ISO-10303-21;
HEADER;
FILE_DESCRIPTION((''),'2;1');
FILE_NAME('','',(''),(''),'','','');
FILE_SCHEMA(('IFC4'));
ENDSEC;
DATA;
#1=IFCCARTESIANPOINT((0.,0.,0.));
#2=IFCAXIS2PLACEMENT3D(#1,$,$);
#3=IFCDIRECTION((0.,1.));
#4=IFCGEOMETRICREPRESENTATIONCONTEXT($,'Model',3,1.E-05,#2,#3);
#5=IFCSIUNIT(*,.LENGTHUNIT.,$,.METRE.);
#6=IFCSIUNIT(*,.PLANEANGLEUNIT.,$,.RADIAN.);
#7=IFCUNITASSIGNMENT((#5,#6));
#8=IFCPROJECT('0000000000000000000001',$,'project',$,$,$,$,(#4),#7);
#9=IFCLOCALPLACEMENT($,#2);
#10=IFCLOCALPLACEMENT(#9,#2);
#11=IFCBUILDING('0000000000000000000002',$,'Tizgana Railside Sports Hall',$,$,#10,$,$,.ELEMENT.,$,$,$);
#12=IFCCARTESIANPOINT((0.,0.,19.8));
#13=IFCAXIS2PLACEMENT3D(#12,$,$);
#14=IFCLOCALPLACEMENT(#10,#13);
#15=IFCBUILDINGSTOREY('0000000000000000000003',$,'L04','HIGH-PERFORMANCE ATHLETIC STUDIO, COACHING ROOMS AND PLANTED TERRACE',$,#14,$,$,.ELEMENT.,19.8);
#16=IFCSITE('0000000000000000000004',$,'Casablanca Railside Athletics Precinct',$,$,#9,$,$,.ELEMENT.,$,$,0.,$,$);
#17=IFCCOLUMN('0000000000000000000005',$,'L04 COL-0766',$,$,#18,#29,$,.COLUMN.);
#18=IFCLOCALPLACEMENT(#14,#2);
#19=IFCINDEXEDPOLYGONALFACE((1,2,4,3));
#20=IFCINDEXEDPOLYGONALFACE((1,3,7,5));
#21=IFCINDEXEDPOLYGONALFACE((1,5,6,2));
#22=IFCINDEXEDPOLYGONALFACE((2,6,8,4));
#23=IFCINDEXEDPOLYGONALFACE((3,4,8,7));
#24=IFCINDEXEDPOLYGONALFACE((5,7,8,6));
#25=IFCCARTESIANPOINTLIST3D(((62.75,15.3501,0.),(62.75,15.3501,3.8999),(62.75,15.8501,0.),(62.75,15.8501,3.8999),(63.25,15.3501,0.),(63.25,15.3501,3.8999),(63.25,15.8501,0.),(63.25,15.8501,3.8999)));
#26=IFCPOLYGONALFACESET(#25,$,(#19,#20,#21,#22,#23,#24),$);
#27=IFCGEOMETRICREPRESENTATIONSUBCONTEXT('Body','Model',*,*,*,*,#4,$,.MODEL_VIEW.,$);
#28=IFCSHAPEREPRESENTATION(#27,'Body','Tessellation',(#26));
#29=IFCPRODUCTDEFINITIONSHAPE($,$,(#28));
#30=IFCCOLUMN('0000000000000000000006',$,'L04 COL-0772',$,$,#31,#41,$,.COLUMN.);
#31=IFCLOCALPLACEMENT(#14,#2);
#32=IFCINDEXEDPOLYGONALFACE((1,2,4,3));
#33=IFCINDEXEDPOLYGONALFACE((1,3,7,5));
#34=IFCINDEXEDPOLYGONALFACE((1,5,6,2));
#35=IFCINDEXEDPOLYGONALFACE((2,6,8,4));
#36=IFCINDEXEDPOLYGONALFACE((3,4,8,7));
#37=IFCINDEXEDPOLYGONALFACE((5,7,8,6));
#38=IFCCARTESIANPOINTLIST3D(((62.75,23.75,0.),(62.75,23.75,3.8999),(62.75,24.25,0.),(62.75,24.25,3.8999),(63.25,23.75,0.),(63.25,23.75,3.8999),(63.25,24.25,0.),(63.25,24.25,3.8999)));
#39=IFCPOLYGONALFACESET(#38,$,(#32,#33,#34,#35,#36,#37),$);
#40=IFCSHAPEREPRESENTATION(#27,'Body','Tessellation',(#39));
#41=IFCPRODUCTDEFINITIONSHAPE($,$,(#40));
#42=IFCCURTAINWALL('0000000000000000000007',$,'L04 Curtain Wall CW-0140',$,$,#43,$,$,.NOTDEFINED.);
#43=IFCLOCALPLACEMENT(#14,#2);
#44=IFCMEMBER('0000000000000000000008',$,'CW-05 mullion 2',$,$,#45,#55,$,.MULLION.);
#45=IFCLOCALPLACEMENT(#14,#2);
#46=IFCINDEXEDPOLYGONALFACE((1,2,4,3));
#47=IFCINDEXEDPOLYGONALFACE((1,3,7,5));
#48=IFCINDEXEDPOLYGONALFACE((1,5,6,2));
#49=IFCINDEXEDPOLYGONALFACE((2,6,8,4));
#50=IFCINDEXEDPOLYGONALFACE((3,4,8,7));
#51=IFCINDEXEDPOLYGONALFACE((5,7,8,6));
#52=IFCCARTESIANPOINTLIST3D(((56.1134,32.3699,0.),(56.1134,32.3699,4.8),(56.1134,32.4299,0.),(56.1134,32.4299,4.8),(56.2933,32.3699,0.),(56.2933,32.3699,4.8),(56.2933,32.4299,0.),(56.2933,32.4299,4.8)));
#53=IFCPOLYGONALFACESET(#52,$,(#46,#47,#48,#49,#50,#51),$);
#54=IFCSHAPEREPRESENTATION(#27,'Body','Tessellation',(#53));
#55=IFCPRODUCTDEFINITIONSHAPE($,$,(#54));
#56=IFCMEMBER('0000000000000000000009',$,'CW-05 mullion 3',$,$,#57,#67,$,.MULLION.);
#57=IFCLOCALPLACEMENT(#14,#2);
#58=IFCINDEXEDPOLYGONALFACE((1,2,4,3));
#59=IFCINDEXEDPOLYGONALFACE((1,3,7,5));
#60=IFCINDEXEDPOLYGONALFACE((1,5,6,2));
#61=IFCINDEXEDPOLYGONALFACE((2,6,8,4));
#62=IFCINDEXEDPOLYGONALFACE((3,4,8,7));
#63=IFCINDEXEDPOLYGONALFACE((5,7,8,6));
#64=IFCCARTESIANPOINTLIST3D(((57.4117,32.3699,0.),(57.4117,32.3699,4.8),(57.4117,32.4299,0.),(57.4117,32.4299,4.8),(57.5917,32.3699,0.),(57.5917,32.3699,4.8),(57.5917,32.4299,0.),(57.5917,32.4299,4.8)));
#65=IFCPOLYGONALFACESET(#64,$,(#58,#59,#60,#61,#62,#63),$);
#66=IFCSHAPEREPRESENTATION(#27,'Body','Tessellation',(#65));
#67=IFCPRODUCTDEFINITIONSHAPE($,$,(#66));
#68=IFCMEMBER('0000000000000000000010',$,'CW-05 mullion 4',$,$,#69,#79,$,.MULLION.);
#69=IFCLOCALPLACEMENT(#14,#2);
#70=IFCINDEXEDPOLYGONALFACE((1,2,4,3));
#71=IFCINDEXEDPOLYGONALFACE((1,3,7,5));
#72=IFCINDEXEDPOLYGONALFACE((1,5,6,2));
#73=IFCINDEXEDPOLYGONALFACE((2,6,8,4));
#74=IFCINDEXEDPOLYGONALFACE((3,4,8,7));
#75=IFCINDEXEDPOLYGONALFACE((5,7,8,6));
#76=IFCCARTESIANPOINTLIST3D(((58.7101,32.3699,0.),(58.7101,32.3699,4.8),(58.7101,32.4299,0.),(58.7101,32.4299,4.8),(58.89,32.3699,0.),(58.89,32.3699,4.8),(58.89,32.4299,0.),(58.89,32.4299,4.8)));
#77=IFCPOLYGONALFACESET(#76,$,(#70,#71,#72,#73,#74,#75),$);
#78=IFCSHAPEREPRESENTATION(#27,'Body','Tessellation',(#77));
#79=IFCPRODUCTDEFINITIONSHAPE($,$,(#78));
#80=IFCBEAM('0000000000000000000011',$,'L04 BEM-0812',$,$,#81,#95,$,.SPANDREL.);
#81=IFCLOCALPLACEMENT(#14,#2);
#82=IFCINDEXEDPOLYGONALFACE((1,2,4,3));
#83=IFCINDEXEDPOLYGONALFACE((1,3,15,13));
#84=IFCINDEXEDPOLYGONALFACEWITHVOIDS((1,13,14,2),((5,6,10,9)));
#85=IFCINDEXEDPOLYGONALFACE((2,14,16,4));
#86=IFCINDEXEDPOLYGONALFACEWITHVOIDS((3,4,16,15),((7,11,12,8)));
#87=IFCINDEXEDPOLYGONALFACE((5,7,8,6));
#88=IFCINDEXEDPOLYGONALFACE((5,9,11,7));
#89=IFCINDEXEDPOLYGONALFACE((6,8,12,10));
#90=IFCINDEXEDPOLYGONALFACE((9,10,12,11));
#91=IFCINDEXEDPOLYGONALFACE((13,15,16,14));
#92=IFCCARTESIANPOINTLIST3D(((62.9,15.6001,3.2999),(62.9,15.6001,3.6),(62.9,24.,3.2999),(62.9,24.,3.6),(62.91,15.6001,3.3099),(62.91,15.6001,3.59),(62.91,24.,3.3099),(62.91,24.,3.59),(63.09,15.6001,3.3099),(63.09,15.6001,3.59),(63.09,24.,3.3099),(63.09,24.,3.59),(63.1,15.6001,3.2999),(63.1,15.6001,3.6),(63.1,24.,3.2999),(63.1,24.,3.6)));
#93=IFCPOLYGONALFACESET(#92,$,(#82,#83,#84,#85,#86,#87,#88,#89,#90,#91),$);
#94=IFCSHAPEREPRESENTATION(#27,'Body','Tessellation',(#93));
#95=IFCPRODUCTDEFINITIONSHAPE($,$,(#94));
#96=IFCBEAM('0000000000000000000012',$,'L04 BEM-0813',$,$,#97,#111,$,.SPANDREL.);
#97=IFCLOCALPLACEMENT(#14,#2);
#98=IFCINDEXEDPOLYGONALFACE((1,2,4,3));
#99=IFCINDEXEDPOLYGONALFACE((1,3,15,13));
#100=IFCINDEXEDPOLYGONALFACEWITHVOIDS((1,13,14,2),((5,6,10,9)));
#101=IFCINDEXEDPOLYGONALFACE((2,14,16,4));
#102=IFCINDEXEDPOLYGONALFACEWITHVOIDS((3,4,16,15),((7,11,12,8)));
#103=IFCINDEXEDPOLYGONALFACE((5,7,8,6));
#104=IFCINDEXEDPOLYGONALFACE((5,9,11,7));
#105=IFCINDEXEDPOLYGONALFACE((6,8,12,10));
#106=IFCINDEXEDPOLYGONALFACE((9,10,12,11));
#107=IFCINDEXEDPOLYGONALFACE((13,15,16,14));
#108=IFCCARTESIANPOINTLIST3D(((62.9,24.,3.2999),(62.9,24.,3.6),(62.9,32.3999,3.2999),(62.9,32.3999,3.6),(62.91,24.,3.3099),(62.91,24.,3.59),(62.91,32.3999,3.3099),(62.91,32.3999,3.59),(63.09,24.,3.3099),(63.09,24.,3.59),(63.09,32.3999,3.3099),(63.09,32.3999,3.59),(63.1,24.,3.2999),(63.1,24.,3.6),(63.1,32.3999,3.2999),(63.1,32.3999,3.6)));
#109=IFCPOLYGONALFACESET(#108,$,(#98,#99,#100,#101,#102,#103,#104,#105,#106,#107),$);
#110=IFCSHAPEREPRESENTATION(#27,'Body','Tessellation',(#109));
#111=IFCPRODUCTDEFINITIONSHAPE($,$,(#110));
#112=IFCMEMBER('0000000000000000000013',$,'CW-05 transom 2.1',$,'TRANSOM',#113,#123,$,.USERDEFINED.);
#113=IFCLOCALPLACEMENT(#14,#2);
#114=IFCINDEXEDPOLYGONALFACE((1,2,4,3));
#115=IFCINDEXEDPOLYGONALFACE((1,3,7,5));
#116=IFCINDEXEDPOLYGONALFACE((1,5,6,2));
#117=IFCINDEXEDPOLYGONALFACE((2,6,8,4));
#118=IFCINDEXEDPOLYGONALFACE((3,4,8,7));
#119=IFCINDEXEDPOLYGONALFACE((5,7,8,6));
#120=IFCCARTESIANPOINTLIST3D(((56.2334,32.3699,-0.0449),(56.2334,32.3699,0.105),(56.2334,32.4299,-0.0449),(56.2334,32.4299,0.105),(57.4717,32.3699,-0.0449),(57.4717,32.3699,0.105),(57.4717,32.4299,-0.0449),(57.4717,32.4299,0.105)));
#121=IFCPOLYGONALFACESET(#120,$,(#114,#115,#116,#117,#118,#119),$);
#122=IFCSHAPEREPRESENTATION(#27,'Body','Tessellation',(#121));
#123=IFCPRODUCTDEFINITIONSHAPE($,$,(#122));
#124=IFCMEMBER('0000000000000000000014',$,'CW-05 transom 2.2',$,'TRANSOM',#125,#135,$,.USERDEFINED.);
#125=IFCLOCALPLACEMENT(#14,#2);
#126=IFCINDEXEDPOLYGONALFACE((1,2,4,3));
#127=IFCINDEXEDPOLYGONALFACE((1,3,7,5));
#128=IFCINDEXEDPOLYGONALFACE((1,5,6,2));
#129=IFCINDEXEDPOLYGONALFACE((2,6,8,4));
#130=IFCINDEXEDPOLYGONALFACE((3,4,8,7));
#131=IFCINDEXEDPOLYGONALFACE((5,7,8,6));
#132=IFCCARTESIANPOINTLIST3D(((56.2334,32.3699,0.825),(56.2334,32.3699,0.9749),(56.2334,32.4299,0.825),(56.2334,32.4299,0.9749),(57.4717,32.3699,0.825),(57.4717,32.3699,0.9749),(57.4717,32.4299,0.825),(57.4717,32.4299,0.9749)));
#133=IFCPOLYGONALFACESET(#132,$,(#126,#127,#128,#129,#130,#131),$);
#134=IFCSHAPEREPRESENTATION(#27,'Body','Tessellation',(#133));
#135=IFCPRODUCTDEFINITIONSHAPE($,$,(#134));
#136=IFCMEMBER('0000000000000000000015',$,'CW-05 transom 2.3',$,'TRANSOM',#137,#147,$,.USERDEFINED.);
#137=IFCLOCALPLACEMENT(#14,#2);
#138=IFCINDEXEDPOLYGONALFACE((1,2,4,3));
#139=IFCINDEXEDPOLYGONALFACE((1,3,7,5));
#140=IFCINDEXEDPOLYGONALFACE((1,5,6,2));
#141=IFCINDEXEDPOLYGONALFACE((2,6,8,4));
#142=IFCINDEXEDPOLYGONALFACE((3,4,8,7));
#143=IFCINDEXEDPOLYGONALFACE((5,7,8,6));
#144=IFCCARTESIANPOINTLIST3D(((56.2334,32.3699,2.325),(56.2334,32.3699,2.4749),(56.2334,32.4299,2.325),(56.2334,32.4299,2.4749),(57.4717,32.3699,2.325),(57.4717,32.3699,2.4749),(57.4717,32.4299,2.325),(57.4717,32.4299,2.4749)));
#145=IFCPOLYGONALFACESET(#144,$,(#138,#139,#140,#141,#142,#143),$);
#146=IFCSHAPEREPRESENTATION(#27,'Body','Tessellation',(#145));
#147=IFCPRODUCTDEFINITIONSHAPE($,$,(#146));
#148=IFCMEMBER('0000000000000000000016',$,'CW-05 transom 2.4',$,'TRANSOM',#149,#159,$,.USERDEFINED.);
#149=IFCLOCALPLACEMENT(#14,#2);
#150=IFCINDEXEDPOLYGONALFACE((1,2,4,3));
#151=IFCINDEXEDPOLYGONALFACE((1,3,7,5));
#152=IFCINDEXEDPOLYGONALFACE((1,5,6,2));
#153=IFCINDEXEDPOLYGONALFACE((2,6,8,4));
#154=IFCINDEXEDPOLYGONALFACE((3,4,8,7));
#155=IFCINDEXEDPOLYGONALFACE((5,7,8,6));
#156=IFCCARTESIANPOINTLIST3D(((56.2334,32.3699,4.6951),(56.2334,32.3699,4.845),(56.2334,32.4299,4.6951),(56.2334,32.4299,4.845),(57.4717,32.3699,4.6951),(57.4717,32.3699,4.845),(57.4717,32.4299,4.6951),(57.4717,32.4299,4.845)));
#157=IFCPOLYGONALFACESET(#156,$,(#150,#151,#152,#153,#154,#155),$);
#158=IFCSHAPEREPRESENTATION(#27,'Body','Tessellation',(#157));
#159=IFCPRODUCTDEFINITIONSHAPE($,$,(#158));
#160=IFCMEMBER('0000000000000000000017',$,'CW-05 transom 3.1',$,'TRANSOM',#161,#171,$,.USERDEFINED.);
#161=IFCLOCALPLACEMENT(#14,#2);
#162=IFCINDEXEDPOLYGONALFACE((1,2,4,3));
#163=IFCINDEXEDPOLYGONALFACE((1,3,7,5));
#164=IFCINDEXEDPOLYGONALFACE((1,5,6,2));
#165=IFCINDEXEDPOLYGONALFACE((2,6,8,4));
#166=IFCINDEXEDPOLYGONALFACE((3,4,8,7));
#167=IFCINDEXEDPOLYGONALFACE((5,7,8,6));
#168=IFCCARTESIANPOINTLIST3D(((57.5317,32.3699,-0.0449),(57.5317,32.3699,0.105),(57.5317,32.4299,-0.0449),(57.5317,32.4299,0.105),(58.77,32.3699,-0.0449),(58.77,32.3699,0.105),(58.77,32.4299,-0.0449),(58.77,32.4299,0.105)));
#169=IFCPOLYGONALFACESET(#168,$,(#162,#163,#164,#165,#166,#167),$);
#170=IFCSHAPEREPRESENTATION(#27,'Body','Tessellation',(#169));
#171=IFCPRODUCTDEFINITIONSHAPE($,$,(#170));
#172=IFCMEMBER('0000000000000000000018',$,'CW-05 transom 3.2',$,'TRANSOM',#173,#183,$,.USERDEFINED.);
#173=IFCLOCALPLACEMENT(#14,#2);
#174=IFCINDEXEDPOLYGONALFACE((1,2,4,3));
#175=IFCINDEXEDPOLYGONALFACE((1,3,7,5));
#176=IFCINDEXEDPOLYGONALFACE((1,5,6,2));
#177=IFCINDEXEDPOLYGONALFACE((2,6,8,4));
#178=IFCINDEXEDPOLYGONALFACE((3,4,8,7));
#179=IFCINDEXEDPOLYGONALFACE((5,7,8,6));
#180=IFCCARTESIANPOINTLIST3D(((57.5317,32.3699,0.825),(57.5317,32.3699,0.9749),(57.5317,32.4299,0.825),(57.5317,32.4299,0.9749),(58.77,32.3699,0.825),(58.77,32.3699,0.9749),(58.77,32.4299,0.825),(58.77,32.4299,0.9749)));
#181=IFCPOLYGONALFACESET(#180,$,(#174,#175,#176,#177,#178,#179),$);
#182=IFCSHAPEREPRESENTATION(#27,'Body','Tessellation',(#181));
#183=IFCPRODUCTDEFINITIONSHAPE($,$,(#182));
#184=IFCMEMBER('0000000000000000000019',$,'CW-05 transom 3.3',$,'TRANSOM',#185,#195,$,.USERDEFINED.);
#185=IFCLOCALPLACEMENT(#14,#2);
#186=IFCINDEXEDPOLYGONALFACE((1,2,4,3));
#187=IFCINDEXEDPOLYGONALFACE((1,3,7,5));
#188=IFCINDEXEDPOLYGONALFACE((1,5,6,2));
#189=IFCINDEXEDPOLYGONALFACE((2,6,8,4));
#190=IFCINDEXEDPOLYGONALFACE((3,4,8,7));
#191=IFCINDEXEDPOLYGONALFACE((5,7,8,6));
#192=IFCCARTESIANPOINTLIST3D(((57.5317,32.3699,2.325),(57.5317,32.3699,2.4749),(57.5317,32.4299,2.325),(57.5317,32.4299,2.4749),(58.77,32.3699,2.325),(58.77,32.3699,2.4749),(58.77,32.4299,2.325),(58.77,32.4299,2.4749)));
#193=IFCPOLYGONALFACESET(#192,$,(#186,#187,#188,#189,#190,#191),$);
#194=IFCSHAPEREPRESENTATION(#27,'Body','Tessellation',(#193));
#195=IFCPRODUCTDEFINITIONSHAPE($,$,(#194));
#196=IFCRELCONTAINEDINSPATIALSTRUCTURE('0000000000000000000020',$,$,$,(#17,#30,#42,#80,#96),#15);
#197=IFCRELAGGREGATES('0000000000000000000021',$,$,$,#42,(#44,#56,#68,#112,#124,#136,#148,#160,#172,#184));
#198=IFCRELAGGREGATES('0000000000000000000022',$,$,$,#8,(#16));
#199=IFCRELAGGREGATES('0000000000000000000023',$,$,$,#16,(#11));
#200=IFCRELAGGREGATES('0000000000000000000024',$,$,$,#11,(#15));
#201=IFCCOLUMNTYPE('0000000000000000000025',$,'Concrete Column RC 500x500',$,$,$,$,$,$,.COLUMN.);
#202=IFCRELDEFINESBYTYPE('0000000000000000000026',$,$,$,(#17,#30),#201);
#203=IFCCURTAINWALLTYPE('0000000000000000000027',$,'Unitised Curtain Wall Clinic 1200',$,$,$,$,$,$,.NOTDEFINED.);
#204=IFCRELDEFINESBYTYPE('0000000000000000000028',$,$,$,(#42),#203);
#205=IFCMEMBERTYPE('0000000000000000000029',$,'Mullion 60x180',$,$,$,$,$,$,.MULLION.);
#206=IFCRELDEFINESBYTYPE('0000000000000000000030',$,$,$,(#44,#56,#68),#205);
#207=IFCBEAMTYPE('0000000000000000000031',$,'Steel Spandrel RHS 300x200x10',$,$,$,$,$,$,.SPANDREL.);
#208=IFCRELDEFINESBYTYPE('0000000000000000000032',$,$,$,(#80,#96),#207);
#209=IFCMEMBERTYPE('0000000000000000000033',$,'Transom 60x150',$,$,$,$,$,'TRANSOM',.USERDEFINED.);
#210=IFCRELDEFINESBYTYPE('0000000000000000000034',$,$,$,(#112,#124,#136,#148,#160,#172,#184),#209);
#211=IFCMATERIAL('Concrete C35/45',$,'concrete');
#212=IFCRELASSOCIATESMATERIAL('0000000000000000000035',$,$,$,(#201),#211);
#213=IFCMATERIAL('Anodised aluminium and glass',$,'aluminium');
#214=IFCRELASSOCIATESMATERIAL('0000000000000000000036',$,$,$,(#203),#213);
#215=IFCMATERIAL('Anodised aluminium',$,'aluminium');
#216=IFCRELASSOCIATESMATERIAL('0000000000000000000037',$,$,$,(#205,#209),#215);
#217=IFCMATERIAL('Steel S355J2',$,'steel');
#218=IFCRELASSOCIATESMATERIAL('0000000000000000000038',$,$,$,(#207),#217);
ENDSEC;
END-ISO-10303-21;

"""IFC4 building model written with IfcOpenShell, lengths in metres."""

from ifc_helpers import new_model, si_unit, direction, frame, origin, origin_2d, place, context, subcontext, project, spatial, rectangle, hollow_rectangle, extrude, material, material_profile, profile_set, type_object, element, aggregate, save


model = new_model("IFC4")

# Units and contexts
model_context = context("Model", 3, precision=1e-05, world=origin(), true_north=direction((0.0, 1.0)))
body_context = subcontext(model_context, "Body", "Model", "MODEL_VIEW")
ifc_project = project(units=[si_unit("LENGTHUNIT", "METRE"), si_unit("PLANEANGLEUNIT", "RADIAN")], contexts=[model_context])

# Site, building, storey
site_placement = place(None, origin())
site = spatial("IfcSite", under=ifc_project, at=site_placement, Name="Casablanca Railside Athletics Precinct", CompositionType="ELEMENT", RefElevation=0.0)
building_placement = place(site_placement, origin())
building = spatial("IfcBuilding", under=site, at=building_placement, Name="Tizgana Railside Sports Hall", CompositionType="ELEMENT")
storey_placement = place(building_placement, frame((0.0, 0.0, 19.8)))
storey = spatial("IfcBuildingStorey", under=building, at=storey_placement, Name="L04", Description="HIGH-PERFORMANCE ATHLETIC STUDIO, COACHING ROOMS AND PLANTED TERRACE", CompositionType="ELEMENT", Elevation=19.8)

# Columns
ifc_material_1 = material(Name="Concrete C35/45", Category="concrete")
ifc_material_profile_1 = material_profile(ifc_material_1, rectangle(XDim=0.5, YDim=0.5, at=origin_2d()), Name="RC 500x500")
ifc_profile_set_1 = profile_set([ifc_material_profile_1], Name="Concrete C35/45")
column_type = type_object("IfcColumnType", Name="Concrete Column RC 500x500", PredefinedType="COLUMN", material=ifc_profile_set_1)
for number, where, z_axis, x_axis, name in (
    (1, (63.0, 15.6001, 0.0), (0.0, 0.0, 1.0), (1.0, 0.0, 0.0), "L04 COL-0766"),
    (2, (63.0, 24.0, 0.0), (0.0, 0.0, 1.0), (1.0, 0.0, 0.0), "L04 COL-0772"),
):
    element("IfcColumn", number, at=place(storey_placement, frame(where, z_axis=z_axis, x_axis=x_axis)), inside=storey, type_object=column_type, Name=name, PredefinedType="COLUMN", context=body_context, shape_type="SweptSolid", body=[
        extrude(rectangle(XDim=0.5, YDim=0.5, at=origin_2d()), origin(), (0.0, 0.0, 1.0), 3.8999),
    ])

# Curtain wall, members
ifc_material_2 = material(Name="Anodised aluminium and glass", Category="aluminium")
curtain_wall_type = type_object("IfcCurtainWallType", Name="Unitised Curtain Wall Clinic 1200", PredefinedType="NOTDEFINED", material=ifc_material_2)
curtain_wall_placement = place(storey_placement, origin())
curtain_wall = element("IfcCurtainWall", 3, at=curtain_wall_placement, inside=storey, type_object=curtain_wall_type, Name="L04 Curtain Wall CW-0140", PredefinedType="NOTDEFINED")
ifc_material_3 = material(Name="Anodised aluminium", Category="aluminium")
ifc_material_profile_2 = material_profile(ifc_material_3, rectangle(XDim=0.0601, YDim=0.1799, at=origin_2d()), Name="Mullion 60x180")
ifc_profile_set_2 = profile_set([ifc_material_profile_2], Name="Anodised aluminium")
member_type_1 = type_object("IfcMemberType", Name="Mullion 60x180", PredefinedType="MULLION", material=ifc_profile_set_2)
member_1_placement = place(storey_placement, frame((56.2034, 32.3999, 0.0), z_axis=(0.0, 0.0, 1.0), x_axis=(0.0, 1.0, 0.0)))
member_1 = element("IfcMember", 4, at=member_1_placement, type_object=member_type_1, Name="CW-05 mullion 2", PredefinedType="MULLION", context=body_context, shape_type="SweptSolid", body=[
    extrude(rectangle(XDim=0.0601, YDim=0.1799, at=origin_2d()), origin(), (0.0, 0.0, 1.0), 4.8),
])
member_2_placement = place(storey_placement, frame((57.5017, 32.3999, 0.0), z_axis=(0.0, 0.0, 1.0), x_axis=(0.0, 1.0, 0.0)))
member_2 = element("IfcMember", 5, at=member_2_placement, type_object=member_type_1, Name="CW-05 mullion 3", PredefinedType="MULLION", context=body_context, shape_type="SweptSolid", body=[
    extrude(rectangle(XDim=0.0601, YDim=0.1799, at=origin_2d()), origin(), (0.0, 0.0, 1.0), 4.8),
])
member_3_placement = place(storey_placement, frame((58.8, 32.3999, 0.0), z_axis=(0.0, 0.0, 1.0), x_axis=(0.0, 1.0, 0.0)))
member_3 = element("IfcMember", 6, at=member_3_placement, type_object=member_type_1, Name="CW-05 mullion 4", PredefinedType="MULLION", context=body_context, shape_type="SweptSolid", body=[
    extrude(rectangle(XDim=0.0601, YDim=0.1799, at=origin_2d()), origin(), (0.0, 0.0, 1.0), 4.8),
])

# Beams
ifc_material_4 = material(Name="Steel S355J2", Category="steel")
ifc_material_profile_3 = material_profile(ifc_material_4, hollow_rectangle(XDim=0.2, YDim=0.3, WallThickness=0.01, at=origin_2d()), Name="RHS 300x200x10")
ifc_profile_set_3 = profile_set([ifc_material_profile_3], Name="Steel S355J2")
beam_type = type_object("IfcBeamType", Name="Steel Spandrel RHS 300x200x10", PredefinedType="SPANDREL", material=ifc_profile_set_3)
for number, where, z_axis, x_axis, name in (
    (7, (63.0, 15.6001, 3.45), (0.0, 1.0, 0.0), (-1.0, 0.0, 0.0), "L04 BEM-0812"),
    (8, (63.0, 24.0, 3.45), (0.0, 1.0, 0.0), (-1.0, 0.0, 0.0), "L04 BEM-0813"),
):
    element("IfcBeam", number, at=place(storey_placement, frame(where, z_axis=z_axis, x_axis=x_axis)), inside=storey, type_object=beam_type, Name=name, PredefinedType="SPANDREL", context=body_context, shape_type="SweptSolid", body=[
        extrude(hollow_rectangle(XDim=0.2, YDim=0.3, WallThickness=0.01, at=origin_2d()), origin(), (0.0, 0.0, 1.0), 8.3999),
    ])

# Members
ifc_material_profile_4 = material_profile(ifc_material_3, rectangle(XDim=0.0601, YDim=0.1499, at=origin_2d()), Name="Transom 60x150")
ifc_profile_set_4 = profile_set([ifc_material_profile_4], Name="Anodised aluminium")
member_type_2 = type_object("IfcMemberType", Name="Transom 60x150", ElementType="TRANSOM", PredefinedType="USERDEFINED", material=ifc_profile_set_4)
member_4_placement = place(storey_placement, frame((56.2334, 32.3999, 0.03), z_axis=(1.0, 0.0, 0.0), x_axis=(0.0, 1.0, 0.0)))
member_4 = element("IfcMember", 9, at=member_4_placement, type_object=member_type_2, Name="CW-05 transom 2.1", ObjectType="TRANSOM", PredefinedType="USERDEFINED", context=body_context, shape_type="SweptSolid", body=[
    extrude(rectangle(XDim=0.0601, YDim=0.1499, at=origin_2d()), origin(), (0.0, 0.0, 1.0), 1.2383),
])
member_5_placement = place(storey_placement, frame((56.2334, 32.3999, 0.8999), z_axis=(1.0, 0.0, 0.0), x_axis=(0.0, 1.0, 0.0)))
member_5 = element("IfcMember", 10, at=member_5_placement, type_object=member_type_2, Name="CW-05 transom 2.2", ObjectType="TRANSOM", PredefinedType="USERDEFINED", context=body_context, shape_type="SweptSolid", body=[
    extrude(rectangle(XDim=0.0601, YDim=0.1499, at=origin_2d()), origin(), (0.0, 0.0, 1.0), 1.2383),
])
member_6_placement = place(storey_placement, frame((56.2334, 32.3999, 2.3999), z_axis=(1.0, 0.0, 0.0), x_axis=(0.0, 1.0, 0.0)))
member_6 = element("IfcMember", 11, at=member_6_placement, type_object=member_type_2, Name="CW-05 transom 2.3", ObjectType="TRANSOM", PredefinedType="USERDEFINED", context=body_context, shape_type="SweptSolid", body=[
    extrude(rectangle(XDim=0.0601, YDim=0.1499, at=origin_2d()), origin(), (0.0, 0.0, 1.0), 1.2383),
])
member_7_placement = place(storey_placement, frame((56.2334, 32.3999, 4.77), z_axis=(1.0, 0.0, 0.0), x_axis=(0.0, 1.0, 0.0)))
member_7 = element("IfcMember", 12, at=member_7_placement, type_object=member_type_2, Name="CW-05 transom 2.4", ObjectType="TRANSOM", PredefinedType="USERDEFINED", context=body_context, shape_type="SweptSolid", body=[
    extrude(rectangle(XDim=0.0601, YDim=0.1499, at=origin_2d()), origin(), (0.0, 0.0, 1.0), 1.2383),
])
member_8_placement = place(storey_placement, frame((57.5317, 32.3999, 0.03), z_axis=(1.0, 0.0, 0.0), x_axis=(0.0, 1.0, 0.0)))
member_8 = element("IfcMember", 13, at=member_8_placement, type_object=member_type_2, Name="CW-05 transom 3.1", ObjectType="TRANSOM", PredefinedType="USERDEFINED", context=body_context, shape_type="SweptSolid", body=[
    extrude(rectangle(XDim=0.0601, YDim=0.1499, at=origin_2d()), origin(), (0.0, 0.0, 1.0), 1.2383),
])
member_9_placement = place(storey_placement, frame((57.5317, 32.3999, 0.8999), z_axis=(1.0, 0.0, 0.0), x_axis=(0.0, 1.0, 0.0)))
member_9 = element("IfcMember", 14, at=member_9_placement, type_object=member_type_2, Name="CW-05 transom 3.2", ObjectType="TRANSOM", PredefinedType="USERDEFINED", context=body_context, shape_type="SweptSolid", body=[
    extrude(rectangle(XDim=0.0601, YDim=0.1499, at=origin_2d()), origin(), (0.0, 0.0, 1.0), 1.2383),
])
member_10_placement = place(storey_placement, frame((57.5317, 32.3999, 2.3999), z_axis=(1.0, 0.0, 0.0), x_axis=(0.0, 1.0, 0.0)))
member_10 = element("IfcMember", 15, at=member_10_placement, type_object=member_type_2, Name="CW-05 transom 3.3", ObjectType="TRANSOM", PredefinedType="USERDEFINED", context=body_context, shape_type="SweptSolid", body=[
    extrude(rectangle(XDim=0.0601, YDim=0.1499, at=origin_2d()), origin(), (0.0, 0.0, 1.0), 1.2383),
])

aggregate(curtain_wall, [member_1, member_2, member_3, member_4, member_5, member_6, member_7, member_8, member_9, member_10])

save(model, "model.ifc")
